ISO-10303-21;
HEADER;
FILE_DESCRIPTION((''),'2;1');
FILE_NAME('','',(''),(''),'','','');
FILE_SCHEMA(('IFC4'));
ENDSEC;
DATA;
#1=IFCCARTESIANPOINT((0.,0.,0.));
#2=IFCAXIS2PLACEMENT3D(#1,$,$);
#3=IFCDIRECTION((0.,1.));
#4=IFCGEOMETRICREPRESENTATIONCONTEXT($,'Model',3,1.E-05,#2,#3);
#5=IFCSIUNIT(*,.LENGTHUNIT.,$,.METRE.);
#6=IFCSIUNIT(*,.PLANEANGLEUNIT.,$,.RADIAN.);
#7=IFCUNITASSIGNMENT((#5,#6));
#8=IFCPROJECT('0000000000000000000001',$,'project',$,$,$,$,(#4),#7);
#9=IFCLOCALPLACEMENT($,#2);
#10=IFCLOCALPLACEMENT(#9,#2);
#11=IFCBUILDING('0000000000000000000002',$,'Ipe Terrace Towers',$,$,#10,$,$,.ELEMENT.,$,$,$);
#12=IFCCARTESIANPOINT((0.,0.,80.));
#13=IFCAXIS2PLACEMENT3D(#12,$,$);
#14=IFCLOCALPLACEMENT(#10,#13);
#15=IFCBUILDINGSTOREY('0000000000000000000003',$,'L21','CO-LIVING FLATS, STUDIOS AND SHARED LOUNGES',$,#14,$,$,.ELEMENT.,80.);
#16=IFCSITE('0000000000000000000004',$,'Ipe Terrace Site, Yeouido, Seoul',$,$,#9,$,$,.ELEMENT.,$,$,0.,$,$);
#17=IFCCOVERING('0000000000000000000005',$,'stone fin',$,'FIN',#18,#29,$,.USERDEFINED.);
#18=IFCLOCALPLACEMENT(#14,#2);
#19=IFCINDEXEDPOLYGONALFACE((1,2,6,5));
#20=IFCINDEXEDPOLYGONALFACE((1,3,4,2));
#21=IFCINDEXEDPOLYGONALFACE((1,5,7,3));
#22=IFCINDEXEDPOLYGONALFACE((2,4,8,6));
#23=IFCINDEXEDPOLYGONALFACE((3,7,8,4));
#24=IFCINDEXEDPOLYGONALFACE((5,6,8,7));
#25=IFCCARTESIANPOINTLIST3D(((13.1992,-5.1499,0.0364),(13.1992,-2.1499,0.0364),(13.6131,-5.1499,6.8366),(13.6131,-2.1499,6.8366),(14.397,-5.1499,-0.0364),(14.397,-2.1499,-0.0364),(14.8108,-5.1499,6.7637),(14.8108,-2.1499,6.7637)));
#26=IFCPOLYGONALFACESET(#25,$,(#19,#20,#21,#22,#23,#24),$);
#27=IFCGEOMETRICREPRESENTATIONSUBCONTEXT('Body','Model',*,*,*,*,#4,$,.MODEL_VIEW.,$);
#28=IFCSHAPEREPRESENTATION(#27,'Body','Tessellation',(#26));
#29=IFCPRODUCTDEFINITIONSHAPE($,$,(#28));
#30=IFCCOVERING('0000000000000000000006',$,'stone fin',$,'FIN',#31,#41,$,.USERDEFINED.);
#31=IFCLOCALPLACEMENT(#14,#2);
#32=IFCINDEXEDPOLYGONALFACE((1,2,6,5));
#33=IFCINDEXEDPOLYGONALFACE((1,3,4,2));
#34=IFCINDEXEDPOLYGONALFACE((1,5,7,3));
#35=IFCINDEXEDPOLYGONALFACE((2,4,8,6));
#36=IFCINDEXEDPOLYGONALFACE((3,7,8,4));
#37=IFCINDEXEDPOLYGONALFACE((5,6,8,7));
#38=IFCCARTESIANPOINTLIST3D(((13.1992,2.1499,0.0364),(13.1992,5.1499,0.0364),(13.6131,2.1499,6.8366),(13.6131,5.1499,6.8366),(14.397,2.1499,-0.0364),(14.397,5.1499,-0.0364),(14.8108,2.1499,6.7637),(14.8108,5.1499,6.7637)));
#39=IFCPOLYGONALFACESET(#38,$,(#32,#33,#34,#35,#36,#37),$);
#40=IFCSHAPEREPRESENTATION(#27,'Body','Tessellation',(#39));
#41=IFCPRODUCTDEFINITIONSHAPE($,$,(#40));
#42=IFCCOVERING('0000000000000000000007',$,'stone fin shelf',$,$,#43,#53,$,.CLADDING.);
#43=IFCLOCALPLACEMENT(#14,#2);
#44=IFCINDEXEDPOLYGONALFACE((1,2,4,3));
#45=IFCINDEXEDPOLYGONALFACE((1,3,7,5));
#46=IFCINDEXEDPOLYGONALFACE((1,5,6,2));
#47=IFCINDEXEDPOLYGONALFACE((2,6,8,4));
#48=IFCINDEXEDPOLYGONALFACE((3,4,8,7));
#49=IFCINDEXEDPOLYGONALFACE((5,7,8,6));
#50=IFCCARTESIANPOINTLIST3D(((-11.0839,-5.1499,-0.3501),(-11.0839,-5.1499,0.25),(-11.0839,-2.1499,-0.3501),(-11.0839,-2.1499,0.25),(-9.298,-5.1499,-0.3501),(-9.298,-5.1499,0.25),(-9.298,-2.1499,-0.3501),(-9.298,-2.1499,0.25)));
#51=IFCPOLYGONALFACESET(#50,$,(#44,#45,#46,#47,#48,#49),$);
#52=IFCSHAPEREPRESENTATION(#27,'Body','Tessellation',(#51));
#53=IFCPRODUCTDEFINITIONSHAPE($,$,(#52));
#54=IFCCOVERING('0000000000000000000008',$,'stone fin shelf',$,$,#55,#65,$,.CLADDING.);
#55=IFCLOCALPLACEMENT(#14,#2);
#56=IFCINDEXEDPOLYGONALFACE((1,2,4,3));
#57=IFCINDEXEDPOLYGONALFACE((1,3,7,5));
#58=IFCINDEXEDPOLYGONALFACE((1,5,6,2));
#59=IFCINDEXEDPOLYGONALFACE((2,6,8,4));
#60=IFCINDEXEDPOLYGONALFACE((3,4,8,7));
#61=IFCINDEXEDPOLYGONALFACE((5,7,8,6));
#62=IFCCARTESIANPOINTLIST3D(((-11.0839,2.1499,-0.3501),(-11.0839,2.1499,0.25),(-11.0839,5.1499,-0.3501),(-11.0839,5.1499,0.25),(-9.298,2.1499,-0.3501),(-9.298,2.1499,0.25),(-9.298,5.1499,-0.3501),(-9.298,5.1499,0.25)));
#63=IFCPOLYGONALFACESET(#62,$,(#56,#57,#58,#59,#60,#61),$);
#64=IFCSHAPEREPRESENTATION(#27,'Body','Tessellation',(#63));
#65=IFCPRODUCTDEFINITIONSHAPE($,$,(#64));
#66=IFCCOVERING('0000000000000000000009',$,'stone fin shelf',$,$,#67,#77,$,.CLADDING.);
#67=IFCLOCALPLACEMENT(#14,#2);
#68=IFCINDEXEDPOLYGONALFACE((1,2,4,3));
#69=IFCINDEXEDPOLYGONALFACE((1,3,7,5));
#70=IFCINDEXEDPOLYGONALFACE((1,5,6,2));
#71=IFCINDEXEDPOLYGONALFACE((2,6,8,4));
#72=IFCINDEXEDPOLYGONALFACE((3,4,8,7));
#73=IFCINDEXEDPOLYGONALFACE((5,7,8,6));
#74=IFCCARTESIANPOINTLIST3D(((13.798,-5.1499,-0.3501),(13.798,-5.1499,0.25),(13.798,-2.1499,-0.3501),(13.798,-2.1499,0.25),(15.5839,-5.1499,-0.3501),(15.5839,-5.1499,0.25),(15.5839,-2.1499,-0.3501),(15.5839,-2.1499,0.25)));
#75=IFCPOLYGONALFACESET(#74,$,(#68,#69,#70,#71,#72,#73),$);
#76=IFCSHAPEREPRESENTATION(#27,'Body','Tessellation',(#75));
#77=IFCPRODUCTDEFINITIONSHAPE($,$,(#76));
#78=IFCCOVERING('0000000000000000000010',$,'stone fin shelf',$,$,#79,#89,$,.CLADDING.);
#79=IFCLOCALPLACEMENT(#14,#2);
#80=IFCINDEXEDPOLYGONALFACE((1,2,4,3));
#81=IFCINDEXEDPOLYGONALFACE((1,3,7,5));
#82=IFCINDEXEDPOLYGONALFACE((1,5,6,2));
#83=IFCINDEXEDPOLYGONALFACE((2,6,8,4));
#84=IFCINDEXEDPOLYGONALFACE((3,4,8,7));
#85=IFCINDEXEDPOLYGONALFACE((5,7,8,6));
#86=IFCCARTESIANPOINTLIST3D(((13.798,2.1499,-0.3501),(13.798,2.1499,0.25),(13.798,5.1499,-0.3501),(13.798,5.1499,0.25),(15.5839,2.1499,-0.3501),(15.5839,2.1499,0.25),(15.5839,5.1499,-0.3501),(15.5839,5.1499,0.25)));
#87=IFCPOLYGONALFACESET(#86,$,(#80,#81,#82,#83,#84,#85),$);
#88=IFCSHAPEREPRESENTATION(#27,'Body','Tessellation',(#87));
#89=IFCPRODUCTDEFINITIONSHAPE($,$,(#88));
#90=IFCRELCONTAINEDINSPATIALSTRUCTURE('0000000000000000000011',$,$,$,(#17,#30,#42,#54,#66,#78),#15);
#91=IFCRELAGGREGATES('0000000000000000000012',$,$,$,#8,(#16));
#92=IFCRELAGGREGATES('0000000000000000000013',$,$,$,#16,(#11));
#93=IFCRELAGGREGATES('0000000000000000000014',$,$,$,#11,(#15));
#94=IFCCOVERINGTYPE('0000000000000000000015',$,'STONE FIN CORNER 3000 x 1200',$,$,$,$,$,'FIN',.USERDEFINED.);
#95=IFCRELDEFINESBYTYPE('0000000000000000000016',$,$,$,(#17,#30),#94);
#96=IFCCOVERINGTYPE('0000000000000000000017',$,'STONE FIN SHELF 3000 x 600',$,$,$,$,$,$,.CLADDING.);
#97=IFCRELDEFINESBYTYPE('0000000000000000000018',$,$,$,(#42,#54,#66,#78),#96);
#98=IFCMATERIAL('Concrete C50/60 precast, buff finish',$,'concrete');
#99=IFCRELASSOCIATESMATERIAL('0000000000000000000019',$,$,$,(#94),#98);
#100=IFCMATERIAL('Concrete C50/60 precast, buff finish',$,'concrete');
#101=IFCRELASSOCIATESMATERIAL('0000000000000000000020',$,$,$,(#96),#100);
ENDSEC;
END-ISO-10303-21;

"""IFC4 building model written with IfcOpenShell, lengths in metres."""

from ifc_helpers import new_model, si_unit, direction, frame, origin, origin_2d, place, context, subcontext, project, spatial, rectangle, extrude, material, material_profile, profile_set, type_object, element, save


model = new_model("IFC4")

# Units and contexts
model_context = context("Model", 3, precision=1e-05, world=origin(), true_north=direction((0.0, 1.0)))
body_context = subcontext(model_context, "Body", "Model", "MODEL_VIEW")
ifc_project = project(units=[si_unit("LENGTHUNIT", "METRE"), si_unit("PLANEANGLEUNIT", "RADIAN")], contexts=[model_context])

# Site, building, storey
site_placement = place(None, origin())
site = spatial("IfcSite", under=ifc_project, at=site_placement, Name="Ipe Terrace Site, Yeouido, Seoul", CompositionType="ELEMENT", RefElevation=0.0)
building_placement = place(site_placement, origin())
building = spatial("IfcBuilding", under=site, at=building_placement, Name="Ipe Terrace Towers", CompositionType="ELEMENT")
storey_placement = place(building_placement, frame((0.0, 0.0, 80.0)))
storey = spatial("IfcBuildingStorey", under=building, at=storey_placement, Name="L21", Description="CO-LIVING FLATS, STUDIOS AND SHARED LOUNGES", CompositionType="ELEMENT", Elevation=80.0)

# Coverings
ifc_material_1 = material(Name="Concrete C50/60 precast, buff finish", Category="concrete")
ifc_material_profile_1 = material_profile(ifc_material_1, rectangle(XDim=3.0, YDim=1.2, at=origin_2d()), Name="STONE FIN CORNER 3000 x 1200")
ifc_profile_set_1 = profile_set([ifc_material_profile_1], Name="Concrete C50/60 precast, buff finish")
covering_type_1 = type_object("IfcCoveringType", Name="STONE FIN CORNER 3000 x 1200", ElementType="FIN", PredefinedType="USERDEFINED", material=ifc_profile_set_1)
for number, where, z_axis, x_axis, name in (
    (1, (13.7981, -3.6499, 0.0), (0.060743, 0.0, 0.998153), (0.0, -1.0, 0.0), "stone fin"),
    (2, (13.7981, 3.6499, 0.0), (0.060743, 0.0, 0.998153), (0.0, -1.0, 0.0), "stone fin"),
):
    element("IfcCovering", number, at=place(storey_placement, frame(where, z_axis=z_axis, x_axis=x_axis)), inside=storey, type_object=covering_type_1, Name=name, ObjectType="FIN", PredefinedType="USERDEFINED", context=body_context, shape_type="SweptSolid", body=[
        extrude(rectangle(XDim=3.0, YDim=1.2, at=origin_2d()), origin(), (0.0, 0.0, 1.0), 6.8127),
    ])
ifc_material_2 = material(Name="Concrete C50/60 precast, buff finish", Category="concrete")
covering_type_2 = type_object("IfcCoveringType", Name="STONE FIN SHELF 3000 x 600", PredefinedType="CLADDING", material=ifc_material_2)
for number, where, z_axis, x_axis, name in (
    (3, (-10.1909, -3.6499, -0.3501), (0.0, 0.0, 1.0), (0.0, 1.0, 0.0), "stone fin shelf"),
    (4, (-10.1909, 3.6499, -0.3501), (0.0, 0.0, 1.0), (0.0, 1.0, 0.0), "stone fin shelf"),
    (5, (14.6909, -3.6499, -0.3501), (0.0, 0.0, 1.0), (0.0, -1.0, 0.0), "stone fin shelf"),
    (6, (14.6909, 3.6499, -0.3501), (0.0, 0.0, 1.0), (0.0, -1.0, 0.0), "stone fin shelf"),
):
    element("IfcCovering", number, at=place(storey_placement, frame(where, z_axis=z_axis, x_axis=x_axis)), inside=storey, type_object=covering_type_2, Name=name, PredefinedType="CLADDING", context=body_context, shape_type="SweptSolid", body=[
        extrude(rectangle(XDim=3.0, YDim=1.7859, at=origin_2d()), origin(), (0.0, 0.0, 1.0), 0.6001),
    ])

save(model, "model.ifc")
